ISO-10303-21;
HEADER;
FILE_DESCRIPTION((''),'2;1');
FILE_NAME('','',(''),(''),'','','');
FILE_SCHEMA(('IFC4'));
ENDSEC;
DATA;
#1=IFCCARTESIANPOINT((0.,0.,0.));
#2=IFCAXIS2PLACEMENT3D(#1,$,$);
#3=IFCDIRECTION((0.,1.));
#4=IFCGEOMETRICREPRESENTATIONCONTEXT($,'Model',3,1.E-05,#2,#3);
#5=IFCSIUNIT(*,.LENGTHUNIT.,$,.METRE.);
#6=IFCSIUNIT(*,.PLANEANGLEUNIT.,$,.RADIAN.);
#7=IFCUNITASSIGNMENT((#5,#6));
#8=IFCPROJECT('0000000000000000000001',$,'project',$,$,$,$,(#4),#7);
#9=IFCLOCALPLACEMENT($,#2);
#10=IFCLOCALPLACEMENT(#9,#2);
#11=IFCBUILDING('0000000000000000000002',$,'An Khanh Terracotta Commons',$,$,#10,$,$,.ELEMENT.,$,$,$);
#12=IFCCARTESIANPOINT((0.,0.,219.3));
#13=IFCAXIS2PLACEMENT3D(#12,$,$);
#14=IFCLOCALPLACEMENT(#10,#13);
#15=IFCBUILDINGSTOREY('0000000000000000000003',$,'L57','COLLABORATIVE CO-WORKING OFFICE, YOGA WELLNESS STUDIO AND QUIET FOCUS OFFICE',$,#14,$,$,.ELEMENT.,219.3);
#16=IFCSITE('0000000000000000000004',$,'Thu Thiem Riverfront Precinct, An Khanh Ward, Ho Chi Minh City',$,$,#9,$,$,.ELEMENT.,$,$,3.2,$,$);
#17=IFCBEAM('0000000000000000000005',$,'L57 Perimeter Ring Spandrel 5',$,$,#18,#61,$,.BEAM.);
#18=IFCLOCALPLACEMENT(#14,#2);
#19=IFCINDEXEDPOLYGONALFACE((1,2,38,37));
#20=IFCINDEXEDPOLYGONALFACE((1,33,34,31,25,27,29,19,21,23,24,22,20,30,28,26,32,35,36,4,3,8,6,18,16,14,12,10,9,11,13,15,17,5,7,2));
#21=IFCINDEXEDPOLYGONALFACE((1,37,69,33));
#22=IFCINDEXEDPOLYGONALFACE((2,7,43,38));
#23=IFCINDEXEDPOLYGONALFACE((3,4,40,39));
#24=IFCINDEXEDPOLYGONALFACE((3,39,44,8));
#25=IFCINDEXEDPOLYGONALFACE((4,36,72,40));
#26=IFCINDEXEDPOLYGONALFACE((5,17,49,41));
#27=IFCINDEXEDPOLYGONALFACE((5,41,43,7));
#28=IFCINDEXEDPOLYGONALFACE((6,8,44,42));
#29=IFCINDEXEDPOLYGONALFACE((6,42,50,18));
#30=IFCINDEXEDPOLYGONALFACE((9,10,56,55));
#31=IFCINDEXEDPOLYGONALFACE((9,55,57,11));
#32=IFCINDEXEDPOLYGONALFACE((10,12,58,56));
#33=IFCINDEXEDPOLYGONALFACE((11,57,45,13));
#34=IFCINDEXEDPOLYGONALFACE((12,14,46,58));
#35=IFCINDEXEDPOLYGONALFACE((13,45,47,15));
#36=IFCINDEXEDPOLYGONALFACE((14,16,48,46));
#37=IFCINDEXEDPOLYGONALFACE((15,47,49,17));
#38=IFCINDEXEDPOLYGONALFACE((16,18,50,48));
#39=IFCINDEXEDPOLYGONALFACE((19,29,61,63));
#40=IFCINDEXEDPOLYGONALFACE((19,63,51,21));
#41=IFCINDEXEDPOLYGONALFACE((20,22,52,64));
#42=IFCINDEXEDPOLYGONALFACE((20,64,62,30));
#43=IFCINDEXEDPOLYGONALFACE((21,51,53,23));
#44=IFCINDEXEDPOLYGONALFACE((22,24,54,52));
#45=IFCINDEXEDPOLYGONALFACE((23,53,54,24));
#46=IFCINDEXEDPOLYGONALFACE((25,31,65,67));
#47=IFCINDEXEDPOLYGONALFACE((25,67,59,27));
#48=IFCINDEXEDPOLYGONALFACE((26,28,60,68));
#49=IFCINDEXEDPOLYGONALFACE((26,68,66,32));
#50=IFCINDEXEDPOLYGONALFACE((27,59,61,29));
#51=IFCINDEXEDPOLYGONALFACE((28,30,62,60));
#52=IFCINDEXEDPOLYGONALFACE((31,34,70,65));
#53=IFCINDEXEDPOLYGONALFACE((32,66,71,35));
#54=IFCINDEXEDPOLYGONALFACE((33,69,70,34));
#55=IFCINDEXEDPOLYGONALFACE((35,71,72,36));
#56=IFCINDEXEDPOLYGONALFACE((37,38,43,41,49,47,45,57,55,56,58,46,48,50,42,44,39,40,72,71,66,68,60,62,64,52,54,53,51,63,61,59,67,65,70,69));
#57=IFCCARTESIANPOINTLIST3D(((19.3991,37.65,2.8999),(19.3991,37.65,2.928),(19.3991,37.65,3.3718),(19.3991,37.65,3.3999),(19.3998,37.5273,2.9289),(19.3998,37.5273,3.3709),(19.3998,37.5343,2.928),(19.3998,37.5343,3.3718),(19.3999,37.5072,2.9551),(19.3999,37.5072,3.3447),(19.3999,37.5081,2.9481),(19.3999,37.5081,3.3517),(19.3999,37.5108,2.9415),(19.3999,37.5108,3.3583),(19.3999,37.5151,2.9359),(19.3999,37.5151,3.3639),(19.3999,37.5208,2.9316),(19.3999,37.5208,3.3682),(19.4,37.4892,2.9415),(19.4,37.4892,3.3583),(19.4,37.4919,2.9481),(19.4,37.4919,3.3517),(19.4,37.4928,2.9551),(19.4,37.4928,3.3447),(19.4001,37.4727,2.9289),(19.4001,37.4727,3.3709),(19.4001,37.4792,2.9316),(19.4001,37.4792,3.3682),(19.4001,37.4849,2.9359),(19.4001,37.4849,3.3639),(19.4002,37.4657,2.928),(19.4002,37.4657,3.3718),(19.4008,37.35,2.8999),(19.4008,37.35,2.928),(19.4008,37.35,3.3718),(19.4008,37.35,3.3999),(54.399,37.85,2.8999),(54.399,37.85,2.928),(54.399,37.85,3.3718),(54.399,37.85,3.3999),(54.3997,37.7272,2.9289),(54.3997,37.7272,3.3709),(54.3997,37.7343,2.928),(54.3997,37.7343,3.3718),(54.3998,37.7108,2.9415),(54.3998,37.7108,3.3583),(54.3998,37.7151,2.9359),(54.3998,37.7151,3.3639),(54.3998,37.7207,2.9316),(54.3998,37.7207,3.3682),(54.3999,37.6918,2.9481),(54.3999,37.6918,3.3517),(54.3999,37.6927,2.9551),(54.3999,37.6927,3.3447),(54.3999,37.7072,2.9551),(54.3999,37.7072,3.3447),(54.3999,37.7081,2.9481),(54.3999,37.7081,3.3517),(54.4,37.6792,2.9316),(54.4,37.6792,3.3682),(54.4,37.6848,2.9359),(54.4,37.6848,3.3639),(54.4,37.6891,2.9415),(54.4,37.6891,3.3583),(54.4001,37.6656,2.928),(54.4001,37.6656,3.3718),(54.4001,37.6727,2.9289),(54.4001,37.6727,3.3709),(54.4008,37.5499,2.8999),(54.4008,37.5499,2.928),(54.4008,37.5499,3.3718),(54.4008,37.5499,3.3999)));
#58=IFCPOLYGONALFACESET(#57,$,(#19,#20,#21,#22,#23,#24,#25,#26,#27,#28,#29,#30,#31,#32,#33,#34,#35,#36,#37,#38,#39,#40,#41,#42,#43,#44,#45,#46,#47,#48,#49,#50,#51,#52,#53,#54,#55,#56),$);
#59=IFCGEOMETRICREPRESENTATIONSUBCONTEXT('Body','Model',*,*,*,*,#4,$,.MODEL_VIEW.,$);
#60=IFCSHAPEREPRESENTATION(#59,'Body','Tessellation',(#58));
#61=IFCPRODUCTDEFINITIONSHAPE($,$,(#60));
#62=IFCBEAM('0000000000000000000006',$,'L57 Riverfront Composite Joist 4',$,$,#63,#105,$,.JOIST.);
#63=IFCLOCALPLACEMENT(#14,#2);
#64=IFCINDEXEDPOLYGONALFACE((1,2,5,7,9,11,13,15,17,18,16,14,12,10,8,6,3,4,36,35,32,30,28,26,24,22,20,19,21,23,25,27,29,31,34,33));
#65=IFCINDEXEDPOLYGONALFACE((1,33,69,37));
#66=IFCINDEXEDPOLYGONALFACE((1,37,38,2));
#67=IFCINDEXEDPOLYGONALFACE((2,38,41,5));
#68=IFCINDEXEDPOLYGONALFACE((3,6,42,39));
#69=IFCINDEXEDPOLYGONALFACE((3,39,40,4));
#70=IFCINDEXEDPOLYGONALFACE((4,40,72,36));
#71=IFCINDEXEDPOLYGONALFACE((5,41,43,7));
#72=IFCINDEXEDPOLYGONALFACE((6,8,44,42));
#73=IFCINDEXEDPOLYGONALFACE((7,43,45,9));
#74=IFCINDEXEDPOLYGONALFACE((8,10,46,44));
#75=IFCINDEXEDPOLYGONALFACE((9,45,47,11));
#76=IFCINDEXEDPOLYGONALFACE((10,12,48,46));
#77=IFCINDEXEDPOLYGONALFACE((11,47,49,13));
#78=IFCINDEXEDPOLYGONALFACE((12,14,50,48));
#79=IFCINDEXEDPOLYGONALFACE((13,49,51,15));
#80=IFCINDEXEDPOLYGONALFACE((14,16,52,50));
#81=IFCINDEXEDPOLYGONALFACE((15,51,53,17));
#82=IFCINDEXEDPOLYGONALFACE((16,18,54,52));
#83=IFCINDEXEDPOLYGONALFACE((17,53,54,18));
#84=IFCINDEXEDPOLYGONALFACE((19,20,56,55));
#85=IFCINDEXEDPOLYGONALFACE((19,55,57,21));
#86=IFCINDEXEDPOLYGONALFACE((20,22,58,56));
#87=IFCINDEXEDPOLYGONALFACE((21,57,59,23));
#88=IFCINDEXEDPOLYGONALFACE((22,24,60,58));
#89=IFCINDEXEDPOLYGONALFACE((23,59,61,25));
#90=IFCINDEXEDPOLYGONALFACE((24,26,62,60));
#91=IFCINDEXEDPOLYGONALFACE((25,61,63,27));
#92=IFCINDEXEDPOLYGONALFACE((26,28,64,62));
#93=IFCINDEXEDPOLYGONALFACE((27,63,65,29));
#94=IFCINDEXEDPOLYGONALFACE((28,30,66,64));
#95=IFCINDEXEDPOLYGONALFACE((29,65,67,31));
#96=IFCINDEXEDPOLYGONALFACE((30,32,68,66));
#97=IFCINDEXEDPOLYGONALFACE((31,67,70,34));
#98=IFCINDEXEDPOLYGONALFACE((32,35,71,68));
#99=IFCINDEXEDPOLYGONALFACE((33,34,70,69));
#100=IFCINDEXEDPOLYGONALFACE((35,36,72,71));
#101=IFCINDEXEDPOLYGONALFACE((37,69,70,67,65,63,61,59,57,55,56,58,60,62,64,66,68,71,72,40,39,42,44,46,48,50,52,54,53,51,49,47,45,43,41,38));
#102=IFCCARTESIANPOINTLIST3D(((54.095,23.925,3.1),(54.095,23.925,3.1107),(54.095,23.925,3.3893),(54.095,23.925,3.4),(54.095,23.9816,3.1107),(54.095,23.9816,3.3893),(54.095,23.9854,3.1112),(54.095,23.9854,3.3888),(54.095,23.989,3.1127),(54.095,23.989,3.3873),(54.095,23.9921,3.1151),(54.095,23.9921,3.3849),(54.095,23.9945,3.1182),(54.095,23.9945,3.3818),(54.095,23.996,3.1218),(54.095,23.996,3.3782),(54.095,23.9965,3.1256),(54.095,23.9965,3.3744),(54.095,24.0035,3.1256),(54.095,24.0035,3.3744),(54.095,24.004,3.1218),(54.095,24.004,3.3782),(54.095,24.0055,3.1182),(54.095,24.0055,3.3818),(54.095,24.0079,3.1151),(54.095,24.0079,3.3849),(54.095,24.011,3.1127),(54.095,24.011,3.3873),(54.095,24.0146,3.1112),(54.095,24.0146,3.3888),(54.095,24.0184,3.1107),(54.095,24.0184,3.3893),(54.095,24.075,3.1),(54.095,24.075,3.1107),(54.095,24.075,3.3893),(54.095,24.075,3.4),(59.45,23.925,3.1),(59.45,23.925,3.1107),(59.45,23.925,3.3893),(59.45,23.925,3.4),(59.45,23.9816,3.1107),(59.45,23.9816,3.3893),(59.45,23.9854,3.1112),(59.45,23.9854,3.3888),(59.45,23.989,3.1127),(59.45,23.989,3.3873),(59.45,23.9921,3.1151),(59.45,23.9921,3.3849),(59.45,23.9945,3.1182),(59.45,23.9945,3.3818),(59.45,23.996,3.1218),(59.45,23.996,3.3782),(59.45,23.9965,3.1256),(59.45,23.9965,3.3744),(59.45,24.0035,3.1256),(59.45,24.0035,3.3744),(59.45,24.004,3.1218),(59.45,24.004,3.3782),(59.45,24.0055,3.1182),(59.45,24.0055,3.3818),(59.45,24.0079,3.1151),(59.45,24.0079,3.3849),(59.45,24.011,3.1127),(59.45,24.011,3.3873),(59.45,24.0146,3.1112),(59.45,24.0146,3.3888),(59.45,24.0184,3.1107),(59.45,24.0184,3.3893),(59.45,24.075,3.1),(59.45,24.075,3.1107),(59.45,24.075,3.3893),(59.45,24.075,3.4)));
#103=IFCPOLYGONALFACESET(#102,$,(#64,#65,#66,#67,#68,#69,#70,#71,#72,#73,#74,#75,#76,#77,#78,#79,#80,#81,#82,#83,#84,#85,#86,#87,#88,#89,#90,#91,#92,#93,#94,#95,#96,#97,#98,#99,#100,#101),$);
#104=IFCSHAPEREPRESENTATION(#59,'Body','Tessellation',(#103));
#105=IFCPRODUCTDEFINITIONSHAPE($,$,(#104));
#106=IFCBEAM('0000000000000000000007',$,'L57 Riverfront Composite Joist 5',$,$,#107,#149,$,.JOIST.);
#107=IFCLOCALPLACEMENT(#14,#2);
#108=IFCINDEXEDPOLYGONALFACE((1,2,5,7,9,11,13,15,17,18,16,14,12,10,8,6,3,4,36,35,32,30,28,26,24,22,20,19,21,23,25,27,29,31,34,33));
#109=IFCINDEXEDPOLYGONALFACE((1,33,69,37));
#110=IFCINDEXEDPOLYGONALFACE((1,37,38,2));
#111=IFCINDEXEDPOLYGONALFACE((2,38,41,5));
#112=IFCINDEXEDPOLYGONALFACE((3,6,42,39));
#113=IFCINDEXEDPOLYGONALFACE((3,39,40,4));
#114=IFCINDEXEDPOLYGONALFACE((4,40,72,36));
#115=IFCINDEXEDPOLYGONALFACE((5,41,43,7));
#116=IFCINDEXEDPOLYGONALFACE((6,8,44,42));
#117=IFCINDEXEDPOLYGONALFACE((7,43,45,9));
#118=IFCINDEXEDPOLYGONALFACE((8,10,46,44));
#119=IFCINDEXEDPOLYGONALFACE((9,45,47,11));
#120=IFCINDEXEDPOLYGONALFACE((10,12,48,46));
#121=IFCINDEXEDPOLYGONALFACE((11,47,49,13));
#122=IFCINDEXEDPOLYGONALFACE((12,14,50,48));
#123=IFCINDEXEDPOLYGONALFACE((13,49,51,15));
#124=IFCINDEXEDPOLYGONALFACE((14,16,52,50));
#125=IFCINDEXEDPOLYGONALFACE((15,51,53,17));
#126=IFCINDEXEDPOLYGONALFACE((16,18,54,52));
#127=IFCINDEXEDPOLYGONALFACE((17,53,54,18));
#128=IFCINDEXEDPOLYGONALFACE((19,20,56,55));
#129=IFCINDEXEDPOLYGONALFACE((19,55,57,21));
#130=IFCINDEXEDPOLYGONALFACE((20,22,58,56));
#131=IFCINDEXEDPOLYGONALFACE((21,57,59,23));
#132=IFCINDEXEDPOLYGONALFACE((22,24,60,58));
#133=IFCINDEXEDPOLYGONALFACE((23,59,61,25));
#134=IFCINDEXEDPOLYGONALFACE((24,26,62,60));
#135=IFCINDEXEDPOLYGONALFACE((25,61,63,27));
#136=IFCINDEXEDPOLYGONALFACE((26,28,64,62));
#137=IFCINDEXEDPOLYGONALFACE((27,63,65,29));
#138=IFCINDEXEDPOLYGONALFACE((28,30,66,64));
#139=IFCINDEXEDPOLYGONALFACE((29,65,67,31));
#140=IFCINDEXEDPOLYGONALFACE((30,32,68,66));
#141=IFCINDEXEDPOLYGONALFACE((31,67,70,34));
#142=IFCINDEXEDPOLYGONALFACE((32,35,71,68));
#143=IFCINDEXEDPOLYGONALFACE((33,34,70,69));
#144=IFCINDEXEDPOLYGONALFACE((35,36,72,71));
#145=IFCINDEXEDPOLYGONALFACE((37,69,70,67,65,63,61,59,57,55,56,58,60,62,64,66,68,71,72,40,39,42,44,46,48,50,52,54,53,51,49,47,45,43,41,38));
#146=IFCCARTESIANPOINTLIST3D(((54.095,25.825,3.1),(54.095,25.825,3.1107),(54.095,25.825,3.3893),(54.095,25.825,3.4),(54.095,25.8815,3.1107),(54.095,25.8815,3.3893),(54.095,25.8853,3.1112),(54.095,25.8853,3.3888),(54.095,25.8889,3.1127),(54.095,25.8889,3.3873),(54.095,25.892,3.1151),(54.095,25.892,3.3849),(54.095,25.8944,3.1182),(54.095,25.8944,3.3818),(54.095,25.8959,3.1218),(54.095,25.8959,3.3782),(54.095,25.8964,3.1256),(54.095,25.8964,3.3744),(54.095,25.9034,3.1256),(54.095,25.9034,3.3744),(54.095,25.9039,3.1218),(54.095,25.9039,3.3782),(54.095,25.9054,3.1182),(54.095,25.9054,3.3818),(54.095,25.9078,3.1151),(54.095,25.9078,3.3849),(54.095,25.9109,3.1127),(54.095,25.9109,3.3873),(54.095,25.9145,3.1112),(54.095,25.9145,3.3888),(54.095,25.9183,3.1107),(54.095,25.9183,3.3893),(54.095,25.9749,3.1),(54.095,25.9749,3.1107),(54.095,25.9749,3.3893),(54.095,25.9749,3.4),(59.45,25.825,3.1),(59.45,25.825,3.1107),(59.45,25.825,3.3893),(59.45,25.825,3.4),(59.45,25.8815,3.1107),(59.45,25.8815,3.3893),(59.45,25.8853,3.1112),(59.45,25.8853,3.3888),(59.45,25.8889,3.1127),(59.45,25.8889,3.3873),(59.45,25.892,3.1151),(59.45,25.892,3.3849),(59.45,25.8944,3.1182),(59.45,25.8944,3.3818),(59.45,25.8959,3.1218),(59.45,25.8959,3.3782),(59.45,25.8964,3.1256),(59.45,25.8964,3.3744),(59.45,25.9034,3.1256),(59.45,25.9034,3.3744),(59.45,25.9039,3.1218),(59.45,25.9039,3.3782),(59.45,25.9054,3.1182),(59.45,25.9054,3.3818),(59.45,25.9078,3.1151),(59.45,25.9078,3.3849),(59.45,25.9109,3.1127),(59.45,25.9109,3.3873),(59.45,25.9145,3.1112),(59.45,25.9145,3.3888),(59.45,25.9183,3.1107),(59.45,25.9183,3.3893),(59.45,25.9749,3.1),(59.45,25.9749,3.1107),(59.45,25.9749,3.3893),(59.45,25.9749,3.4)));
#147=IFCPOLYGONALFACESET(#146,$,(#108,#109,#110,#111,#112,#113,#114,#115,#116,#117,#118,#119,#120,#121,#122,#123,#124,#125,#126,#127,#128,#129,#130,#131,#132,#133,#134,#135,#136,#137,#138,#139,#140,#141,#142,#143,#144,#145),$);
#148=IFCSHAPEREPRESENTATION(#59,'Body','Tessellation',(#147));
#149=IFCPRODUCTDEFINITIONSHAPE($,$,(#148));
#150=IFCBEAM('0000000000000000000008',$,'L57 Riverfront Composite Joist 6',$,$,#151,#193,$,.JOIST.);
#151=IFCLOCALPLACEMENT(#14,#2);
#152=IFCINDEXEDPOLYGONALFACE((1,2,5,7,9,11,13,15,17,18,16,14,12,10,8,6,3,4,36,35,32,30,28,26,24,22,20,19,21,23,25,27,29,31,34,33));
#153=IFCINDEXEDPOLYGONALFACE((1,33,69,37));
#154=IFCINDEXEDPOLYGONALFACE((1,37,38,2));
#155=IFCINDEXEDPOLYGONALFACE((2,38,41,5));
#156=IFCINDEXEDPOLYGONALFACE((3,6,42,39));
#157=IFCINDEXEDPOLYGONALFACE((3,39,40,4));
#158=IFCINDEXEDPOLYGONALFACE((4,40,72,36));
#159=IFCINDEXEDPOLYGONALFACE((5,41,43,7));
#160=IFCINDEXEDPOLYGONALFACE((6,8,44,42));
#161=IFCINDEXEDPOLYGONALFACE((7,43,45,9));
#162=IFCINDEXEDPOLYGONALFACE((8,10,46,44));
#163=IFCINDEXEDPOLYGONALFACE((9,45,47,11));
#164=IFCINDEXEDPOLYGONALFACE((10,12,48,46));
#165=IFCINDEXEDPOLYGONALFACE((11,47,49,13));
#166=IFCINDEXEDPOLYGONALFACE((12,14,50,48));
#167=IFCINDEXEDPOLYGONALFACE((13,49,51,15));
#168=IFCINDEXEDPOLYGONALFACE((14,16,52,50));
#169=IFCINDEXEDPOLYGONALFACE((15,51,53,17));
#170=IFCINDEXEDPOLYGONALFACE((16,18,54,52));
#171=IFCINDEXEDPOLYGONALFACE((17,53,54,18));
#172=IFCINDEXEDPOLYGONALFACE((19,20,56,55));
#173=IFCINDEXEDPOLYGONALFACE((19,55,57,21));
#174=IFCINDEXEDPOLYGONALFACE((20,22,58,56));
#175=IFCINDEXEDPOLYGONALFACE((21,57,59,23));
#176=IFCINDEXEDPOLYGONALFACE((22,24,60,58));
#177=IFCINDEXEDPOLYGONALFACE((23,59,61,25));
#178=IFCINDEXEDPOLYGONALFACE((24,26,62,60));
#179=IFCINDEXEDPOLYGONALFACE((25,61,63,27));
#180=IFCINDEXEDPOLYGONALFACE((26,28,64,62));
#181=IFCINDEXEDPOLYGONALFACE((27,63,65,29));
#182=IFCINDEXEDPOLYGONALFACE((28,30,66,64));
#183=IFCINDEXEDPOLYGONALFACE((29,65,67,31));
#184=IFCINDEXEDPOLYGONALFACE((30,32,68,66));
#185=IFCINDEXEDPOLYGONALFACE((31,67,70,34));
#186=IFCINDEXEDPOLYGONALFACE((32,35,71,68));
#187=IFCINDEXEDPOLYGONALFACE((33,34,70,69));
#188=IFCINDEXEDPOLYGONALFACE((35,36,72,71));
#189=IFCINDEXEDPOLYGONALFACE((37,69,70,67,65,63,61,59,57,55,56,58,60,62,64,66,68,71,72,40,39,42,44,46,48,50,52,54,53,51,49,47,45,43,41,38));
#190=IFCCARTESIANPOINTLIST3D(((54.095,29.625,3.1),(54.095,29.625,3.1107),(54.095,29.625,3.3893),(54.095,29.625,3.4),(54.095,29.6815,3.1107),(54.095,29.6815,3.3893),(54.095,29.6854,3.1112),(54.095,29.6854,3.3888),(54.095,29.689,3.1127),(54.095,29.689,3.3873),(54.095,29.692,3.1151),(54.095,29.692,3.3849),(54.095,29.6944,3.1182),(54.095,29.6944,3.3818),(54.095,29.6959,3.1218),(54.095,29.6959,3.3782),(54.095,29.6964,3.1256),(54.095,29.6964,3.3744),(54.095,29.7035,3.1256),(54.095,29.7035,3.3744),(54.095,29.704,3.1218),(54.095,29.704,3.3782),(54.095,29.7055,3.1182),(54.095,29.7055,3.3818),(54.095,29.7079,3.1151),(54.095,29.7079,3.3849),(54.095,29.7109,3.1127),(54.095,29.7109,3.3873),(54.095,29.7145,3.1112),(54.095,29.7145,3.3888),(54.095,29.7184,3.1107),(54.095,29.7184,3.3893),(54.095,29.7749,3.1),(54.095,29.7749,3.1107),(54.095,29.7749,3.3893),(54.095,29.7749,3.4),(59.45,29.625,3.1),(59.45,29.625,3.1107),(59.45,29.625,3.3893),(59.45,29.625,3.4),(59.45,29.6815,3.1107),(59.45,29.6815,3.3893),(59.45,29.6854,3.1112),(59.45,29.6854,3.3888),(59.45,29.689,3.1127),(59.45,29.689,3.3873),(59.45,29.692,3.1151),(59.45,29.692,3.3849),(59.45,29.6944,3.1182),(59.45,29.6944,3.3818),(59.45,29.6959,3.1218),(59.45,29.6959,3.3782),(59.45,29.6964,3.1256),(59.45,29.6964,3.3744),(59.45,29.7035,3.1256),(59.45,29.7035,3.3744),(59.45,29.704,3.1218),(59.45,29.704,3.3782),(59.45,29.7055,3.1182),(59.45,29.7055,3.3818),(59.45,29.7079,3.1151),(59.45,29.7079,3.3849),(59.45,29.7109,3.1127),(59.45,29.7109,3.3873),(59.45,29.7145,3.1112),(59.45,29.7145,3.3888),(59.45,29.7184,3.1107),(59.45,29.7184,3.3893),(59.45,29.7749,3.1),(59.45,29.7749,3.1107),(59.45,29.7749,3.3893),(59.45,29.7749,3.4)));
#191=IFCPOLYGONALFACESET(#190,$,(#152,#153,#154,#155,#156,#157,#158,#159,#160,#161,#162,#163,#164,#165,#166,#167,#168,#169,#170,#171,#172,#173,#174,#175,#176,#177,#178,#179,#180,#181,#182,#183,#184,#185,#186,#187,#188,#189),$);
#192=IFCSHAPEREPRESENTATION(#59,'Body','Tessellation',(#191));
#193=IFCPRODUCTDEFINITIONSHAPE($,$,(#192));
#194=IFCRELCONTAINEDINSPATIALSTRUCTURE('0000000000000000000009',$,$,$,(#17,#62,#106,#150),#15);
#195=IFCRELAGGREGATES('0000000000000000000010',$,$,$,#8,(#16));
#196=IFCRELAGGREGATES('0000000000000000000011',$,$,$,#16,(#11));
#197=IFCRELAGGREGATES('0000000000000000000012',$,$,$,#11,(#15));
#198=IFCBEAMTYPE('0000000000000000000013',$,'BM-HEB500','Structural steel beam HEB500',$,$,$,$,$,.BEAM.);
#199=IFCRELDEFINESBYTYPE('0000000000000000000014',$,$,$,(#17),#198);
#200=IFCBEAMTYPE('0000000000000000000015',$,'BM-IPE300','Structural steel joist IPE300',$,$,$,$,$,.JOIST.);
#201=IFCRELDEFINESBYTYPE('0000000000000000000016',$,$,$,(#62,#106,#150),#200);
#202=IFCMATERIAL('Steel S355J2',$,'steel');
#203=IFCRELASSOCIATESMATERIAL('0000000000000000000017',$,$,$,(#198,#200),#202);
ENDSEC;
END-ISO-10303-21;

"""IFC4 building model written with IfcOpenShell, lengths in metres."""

from ifc_helpers import new_model, si_unit, direction, frame, origin, origin_2d, place, context, subcontext, project, spatial, i_section, extrude, material, material_profile, profile_set, type_object, element, save


model = new_model("IFC4")

# Units and contexts
model_context = context("Model", 3, precision=1e-05, world=origin(), true_north=direction((0.0, 1.0)))
body_context = subcontext(model_context, "Body", "Model", "MODEL_VIEW")
ifc_project = project(units=[si_unit("LENGTHUNIT", "METRE"), si_unit("PLANEANGLEUNIT", "RADIAN")], contexts=[model_context])

# Site, building, storey
site_placement = place(None, origin())
site = spatial("IfcSite", under=ifc_project, at=site_placement, Name="Thu Thiem Riverfront Precinct, An Khanh Ward, Ho Chi Minh City", CompositionType="ELEMENT", RefElevation=3.2)
building_placement = place(site_placement, origin())
building = spatial("IfcBuilding", under=site, at=building_placement, Name="An Khanh Terracotta Commons", CompositionType="ELEMENT")
storey_placement = place(building_placement, frame((0.0, 0.0, 219.3)))
storey = spatial("IfcBuildingStorey", under=building, at=storey_placement, Name="L57", Description="COLLABORATIVE CO-WORKING OFFICE, YOGA WELLNESS STUDIO AND QUIET FOCUS OFFICE", CompositionType="ELEMENT", Elevation=219.3)

# Beams
ifc_material_1 = material(Name="Steel S355J2", Category="steel")
ifc_material_profile_1 = material_profile(ifc_material_1, i_section(OverallWidth=0.3, OverallDepth=0.5, WebThickness=0.0144, FlangeThickness=0.0281, FilletRadius=0.0271, at=origin_2d()), Name="HEB500")
ifc_profile_set_1 = profile_set([ifc_material_profile_1], Name="Steel S355J2")
beam_type_1 = type_object("IfcBeamType", Name="BM-HEB500", Description="Structural steel beam HEB500", PredefinedType="BEAM", material=ifc_profile_set_1)
beam_1_placement = place(storey_placement, frame((54.3999, 37.7, 3.1499), z_axis=(-0.999984, -0.005713, 0.0), x_axis=(0.005713, -0.999984, 0.0)))
element("IfcBeam", 1, at=beam_1_placement, inside=storey, type_object=beam_type_1, Name="L57 Perimeter Ring Spandrel 5", PredefinedType="BEAM", context=body_context, shape_type="SweptSolid", body=[
    extrude(i_section(OverallWidth=0.3, OverallDepth=0.5, WebThickness=0.0144, FlangeThickness=0.0281, FilletRadius=0.0271, at=origin_2d()), origin(), (0.0, 0.0, 1.0), 35.0005),
])
ifc_material_profile_2 = material_profile(ifc_material_1, i_section(OverallWidth=0.1499, OverallDepth=0.3, WebThickness=0.0071, FlangeThickness=0.0107, FilletRadius=0.0149, at=origin_2d()), Name="IPE300")
ifc_profile_set_2 = profile_set([ifc_material_profile_2], Name="Steel S355J2")
beam_type_2 = type_object("IfcBeamType", Name="BM-IPE300", Description="Structural steel joist IPE300", PredefinedType="JOIST", material=ifc_profile_set_2)
for number, where, z_axis, x_axis, name in (
    (2, (54.095, 24.0, 3.25), (1.0, 0.0, 0.0), (0.0, 1.0, 0.0), "L57 Riverfront Composite Joist 4"),
    (3, (54.095, 25.8999, 3.25), (1.0, 0.0, 0.0), (0.0, 1.0, 0.0), "L57 Riverfront Composite Joist 5"),
    (4, (54.095, 29.7, 3.25), (1.0, 0.0, 0.0), (0.0, 1.0, 0.0), "L57 Riverfront Composite Joist 6"),
):
    element("IfcBeam", number, at=place(storey_placement, frame(where, z_axis=z_axis, x_axis=x_axis)), inside=storey, type_object=beam_type_2, Name=name, PredefinedType="JOIST", context=body_context, shape_type="SweptSolid", body=[
        extrude(i_section(OverallWidth=0.1499, OverallDepth=0.3, WebThickness=0.0071, FlangeThickness=0.0107, FilletRadius=0.0149, at=origin_2d()), origin(), (0.0, 0.0, 1.0), 5.355),
    ])

save(model, "model.ifc")
